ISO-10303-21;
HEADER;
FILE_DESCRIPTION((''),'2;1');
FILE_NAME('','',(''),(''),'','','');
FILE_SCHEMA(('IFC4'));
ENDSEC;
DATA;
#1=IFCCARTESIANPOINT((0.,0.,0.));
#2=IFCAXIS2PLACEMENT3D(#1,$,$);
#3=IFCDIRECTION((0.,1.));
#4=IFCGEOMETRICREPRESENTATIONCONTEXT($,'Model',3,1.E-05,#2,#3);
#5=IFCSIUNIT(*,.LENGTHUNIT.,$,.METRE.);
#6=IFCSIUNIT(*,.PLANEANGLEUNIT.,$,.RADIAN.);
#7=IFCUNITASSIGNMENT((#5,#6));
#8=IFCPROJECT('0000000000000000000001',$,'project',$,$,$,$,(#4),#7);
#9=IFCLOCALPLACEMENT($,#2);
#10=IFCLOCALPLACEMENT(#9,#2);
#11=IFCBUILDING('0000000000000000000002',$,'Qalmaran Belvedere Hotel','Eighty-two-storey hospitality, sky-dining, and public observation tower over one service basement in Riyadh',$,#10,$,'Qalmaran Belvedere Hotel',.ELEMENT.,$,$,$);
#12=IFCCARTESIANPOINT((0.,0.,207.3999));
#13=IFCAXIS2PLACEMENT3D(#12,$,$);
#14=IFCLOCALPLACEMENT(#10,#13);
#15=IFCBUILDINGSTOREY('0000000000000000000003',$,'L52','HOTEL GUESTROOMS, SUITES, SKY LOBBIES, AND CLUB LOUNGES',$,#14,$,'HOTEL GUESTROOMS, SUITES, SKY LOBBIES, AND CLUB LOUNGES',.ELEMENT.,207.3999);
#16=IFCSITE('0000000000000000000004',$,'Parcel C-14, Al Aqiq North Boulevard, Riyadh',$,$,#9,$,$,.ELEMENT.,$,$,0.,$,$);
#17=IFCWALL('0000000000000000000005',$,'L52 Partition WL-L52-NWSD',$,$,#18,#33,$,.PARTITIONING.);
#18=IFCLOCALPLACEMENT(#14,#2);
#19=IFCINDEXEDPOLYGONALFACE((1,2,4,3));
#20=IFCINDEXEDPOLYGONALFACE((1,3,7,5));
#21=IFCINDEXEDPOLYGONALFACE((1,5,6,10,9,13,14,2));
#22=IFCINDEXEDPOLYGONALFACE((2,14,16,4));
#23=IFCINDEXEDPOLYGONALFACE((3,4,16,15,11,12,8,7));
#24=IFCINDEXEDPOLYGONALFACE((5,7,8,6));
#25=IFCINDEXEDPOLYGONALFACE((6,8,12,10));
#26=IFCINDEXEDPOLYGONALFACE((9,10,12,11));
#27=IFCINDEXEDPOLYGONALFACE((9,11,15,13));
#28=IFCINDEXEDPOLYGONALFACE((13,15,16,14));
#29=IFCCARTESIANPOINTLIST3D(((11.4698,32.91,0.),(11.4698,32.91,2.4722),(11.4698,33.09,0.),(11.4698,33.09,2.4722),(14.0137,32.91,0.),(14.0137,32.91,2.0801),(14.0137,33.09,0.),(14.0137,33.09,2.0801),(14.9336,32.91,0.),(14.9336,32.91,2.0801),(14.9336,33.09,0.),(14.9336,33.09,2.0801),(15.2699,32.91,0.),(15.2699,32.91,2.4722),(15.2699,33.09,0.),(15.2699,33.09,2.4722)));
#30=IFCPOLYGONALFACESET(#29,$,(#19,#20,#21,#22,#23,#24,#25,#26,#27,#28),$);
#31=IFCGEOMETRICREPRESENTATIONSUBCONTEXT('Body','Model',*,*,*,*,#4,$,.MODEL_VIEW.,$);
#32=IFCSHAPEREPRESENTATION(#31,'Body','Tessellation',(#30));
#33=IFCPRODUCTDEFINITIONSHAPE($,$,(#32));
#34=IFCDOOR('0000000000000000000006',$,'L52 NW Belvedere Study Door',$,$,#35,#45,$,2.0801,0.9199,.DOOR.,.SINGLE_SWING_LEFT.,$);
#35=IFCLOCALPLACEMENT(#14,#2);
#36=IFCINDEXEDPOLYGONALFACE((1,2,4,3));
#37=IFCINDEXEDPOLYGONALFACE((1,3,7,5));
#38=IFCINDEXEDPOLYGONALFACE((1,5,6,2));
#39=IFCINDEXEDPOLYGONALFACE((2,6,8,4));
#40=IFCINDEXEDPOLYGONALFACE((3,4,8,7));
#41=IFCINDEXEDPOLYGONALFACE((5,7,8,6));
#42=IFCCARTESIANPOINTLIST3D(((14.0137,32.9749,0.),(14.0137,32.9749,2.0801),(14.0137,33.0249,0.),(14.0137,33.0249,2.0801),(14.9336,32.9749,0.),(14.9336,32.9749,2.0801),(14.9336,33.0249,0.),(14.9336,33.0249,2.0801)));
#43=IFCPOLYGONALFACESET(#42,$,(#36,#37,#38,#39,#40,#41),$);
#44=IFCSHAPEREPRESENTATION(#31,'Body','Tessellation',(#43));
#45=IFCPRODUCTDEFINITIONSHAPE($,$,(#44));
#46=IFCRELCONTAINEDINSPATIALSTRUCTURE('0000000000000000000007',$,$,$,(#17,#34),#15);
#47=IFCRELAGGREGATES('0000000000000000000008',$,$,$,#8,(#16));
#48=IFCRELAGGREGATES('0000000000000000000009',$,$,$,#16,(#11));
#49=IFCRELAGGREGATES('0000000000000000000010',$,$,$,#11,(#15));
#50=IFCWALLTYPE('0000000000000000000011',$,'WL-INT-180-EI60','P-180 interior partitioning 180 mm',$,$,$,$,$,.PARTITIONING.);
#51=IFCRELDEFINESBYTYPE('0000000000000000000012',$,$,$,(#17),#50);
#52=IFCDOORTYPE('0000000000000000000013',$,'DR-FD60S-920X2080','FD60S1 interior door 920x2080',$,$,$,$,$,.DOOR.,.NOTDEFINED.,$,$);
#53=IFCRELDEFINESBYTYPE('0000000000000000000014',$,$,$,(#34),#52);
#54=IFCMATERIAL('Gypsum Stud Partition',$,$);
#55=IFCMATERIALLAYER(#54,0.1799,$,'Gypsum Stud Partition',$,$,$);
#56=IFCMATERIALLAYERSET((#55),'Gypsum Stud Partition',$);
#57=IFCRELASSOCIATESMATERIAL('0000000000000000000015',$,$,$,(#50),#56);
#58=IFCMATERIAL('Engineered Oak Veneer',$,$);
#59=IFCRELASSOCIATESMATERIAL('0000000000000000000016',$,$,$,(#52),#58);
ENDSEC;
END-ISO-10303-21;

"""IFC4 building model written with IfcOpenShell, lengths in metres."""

from ifc_helpers import new_model, si_unit, direction, frame, frame_2d, origin, place, context, subcontext, project, spatial, rectangle, extrude, material, layer, layer_set, type_object, element, fill, save


model = new_model("IFC4")

# Units and contexts
model_context = context("Model", 3, precision=1e-05, world=origin(), true_north=direction((0.0, 1.0)))
body_context = subcontext(model_context, "Body", "Model", "MODEL_VIEW")
ifc_project = project(units=[si_unit("LENGTHUNIT", "METRE"), si_unit("PLANEANGLEUNIT", "RADIAN")], contexts=[model_context])

# Site, building, storey
site_placement = place(None, origin())
site = spatial("IfcSite", under=ifc_project, at=site_placement, Name="Parcel C-14, Al Aqiq North Boulevard, Riyadh", CompositionType="ELEMENT", RefElevation=0.0)
building_placement = place(site_placement, origin())
building = spatial("IfcBuilding", under=site, at=building_placement, Name="Qalmaran Belvedere Hotel", Description="Eighty-two-storey hospitality, sky-dining, and public observation tower over one service basement in Riyadh", LongName="Qalmaran Belvedere Hotel", CompositionType="ELEMENT")
storey_placement = place(building_placement, frame((0.0, 0.0, 207.3999)))
storey = spatial("IfcBuildingStorey", under=building, at=storey_placement, Name="L52", Description="HOTEL GUESTROOMS, SUITES, SKY LOBBIES, AND CLUB LOUNGES", LongName="HOTEL GUESTROOMS, SUITES, SKY LOBBIES, AND CLUB LOUNGES", CompositionType="ELEMENT", Elevation=207.3999)

# Shared definitions
ifc_material_1 = material(Name="Gypsum Stud Partition")

# Wall, opening, door
ifc_layer_1 = layer(ifc_material_1, 0.1799, Name="Gypsum Stud Partition")
ifc_layer_set_1 = layer_set([ifc_layer_1], Name="Gypsum Stud Partition")
wall_type_1 = type_object("IfcWallType", Name="WL-INT-180-EI60", Description="P-180 interior partitioning 180 mm", PredefinedType="PARTITIONING", material=ifc_layer_set_1)
wall_1_placement = place(storey_placement, frame((11.47, 33.0, 0.0), z_axis=(0.0, 0.0, 1.0), x_axis=(1.0, 0.0, 0.0)))
wall_1 = element("IfcWall", 1, at=wall_1_placement, inside=storey, type_object=wall_type_1, Name="L52 Partition WL-L52-NWSD", PredefinedType="PARTITIONING", context=body_context, shape_type="SweptSolid", body=[
    extrude(rectangle(XDim=3.8, YDim=0.1799, at=frame_2d((1.8999, 0.0))), origin(), (0.0, 0.0, 1.0), 2.4722),
])
opening_placement = place(wall_1_placement, frame((2.5437, 0.0, 0.0)))
opening = element("IfcOpeningElement", 2, at=opening_placement, cuts=wall_1, PredefinedType="OPENING", context=body_context, shape_type="SweptSolid", body=[
    extrude(rectangle(XDim=0.9199, YDim=2.0801, at=frame_2d((0.46, 1.04))), frame((0.0, 0.1001, 0.0), z_axis=(0.0, -1.0, 0.0), x_axis=(1.0, 0.0, 0.0)), (0.0, 0.0, 1.0), 0.2),
])
ifc_material_2 = material(Name="Engineered Oak Veneer")
door_type = type_object("IfcDoorType", Name="DR-FD60S-920X2080", Description="FD60S1 interior door 920x2080", OperationType="NOTDEFINED", PredefinedType="DOOR", material=ifc_material_2)
door_placement = place(opening_placement, origin())
door = element("IfcDoor", 3, at=door_placement, inside=storey, type_object=door_type, Name="L52 NW Belvedere Study Door", OperationType="SINGLE_SWING_LEFT", OverallHeight=2.0801, OverallWidth=0.9199, PredefinedType="DOOR", context=body_context, shape_type="SweptSolid", body=[
    extrude(rectangle(XDim=0.9199, YDim=2.0801, at=frame_2d((0.46, 1.04))), frame((0.0, 0.0249, 0.0), z_axis=(0.0, -1.0, 0.0), x_axis=(1.0, 0.0, 0.0)), (0.0, 0.0, 1.0), 0.05),
])
fill(opening, door)

save(model, "model.ifc")
